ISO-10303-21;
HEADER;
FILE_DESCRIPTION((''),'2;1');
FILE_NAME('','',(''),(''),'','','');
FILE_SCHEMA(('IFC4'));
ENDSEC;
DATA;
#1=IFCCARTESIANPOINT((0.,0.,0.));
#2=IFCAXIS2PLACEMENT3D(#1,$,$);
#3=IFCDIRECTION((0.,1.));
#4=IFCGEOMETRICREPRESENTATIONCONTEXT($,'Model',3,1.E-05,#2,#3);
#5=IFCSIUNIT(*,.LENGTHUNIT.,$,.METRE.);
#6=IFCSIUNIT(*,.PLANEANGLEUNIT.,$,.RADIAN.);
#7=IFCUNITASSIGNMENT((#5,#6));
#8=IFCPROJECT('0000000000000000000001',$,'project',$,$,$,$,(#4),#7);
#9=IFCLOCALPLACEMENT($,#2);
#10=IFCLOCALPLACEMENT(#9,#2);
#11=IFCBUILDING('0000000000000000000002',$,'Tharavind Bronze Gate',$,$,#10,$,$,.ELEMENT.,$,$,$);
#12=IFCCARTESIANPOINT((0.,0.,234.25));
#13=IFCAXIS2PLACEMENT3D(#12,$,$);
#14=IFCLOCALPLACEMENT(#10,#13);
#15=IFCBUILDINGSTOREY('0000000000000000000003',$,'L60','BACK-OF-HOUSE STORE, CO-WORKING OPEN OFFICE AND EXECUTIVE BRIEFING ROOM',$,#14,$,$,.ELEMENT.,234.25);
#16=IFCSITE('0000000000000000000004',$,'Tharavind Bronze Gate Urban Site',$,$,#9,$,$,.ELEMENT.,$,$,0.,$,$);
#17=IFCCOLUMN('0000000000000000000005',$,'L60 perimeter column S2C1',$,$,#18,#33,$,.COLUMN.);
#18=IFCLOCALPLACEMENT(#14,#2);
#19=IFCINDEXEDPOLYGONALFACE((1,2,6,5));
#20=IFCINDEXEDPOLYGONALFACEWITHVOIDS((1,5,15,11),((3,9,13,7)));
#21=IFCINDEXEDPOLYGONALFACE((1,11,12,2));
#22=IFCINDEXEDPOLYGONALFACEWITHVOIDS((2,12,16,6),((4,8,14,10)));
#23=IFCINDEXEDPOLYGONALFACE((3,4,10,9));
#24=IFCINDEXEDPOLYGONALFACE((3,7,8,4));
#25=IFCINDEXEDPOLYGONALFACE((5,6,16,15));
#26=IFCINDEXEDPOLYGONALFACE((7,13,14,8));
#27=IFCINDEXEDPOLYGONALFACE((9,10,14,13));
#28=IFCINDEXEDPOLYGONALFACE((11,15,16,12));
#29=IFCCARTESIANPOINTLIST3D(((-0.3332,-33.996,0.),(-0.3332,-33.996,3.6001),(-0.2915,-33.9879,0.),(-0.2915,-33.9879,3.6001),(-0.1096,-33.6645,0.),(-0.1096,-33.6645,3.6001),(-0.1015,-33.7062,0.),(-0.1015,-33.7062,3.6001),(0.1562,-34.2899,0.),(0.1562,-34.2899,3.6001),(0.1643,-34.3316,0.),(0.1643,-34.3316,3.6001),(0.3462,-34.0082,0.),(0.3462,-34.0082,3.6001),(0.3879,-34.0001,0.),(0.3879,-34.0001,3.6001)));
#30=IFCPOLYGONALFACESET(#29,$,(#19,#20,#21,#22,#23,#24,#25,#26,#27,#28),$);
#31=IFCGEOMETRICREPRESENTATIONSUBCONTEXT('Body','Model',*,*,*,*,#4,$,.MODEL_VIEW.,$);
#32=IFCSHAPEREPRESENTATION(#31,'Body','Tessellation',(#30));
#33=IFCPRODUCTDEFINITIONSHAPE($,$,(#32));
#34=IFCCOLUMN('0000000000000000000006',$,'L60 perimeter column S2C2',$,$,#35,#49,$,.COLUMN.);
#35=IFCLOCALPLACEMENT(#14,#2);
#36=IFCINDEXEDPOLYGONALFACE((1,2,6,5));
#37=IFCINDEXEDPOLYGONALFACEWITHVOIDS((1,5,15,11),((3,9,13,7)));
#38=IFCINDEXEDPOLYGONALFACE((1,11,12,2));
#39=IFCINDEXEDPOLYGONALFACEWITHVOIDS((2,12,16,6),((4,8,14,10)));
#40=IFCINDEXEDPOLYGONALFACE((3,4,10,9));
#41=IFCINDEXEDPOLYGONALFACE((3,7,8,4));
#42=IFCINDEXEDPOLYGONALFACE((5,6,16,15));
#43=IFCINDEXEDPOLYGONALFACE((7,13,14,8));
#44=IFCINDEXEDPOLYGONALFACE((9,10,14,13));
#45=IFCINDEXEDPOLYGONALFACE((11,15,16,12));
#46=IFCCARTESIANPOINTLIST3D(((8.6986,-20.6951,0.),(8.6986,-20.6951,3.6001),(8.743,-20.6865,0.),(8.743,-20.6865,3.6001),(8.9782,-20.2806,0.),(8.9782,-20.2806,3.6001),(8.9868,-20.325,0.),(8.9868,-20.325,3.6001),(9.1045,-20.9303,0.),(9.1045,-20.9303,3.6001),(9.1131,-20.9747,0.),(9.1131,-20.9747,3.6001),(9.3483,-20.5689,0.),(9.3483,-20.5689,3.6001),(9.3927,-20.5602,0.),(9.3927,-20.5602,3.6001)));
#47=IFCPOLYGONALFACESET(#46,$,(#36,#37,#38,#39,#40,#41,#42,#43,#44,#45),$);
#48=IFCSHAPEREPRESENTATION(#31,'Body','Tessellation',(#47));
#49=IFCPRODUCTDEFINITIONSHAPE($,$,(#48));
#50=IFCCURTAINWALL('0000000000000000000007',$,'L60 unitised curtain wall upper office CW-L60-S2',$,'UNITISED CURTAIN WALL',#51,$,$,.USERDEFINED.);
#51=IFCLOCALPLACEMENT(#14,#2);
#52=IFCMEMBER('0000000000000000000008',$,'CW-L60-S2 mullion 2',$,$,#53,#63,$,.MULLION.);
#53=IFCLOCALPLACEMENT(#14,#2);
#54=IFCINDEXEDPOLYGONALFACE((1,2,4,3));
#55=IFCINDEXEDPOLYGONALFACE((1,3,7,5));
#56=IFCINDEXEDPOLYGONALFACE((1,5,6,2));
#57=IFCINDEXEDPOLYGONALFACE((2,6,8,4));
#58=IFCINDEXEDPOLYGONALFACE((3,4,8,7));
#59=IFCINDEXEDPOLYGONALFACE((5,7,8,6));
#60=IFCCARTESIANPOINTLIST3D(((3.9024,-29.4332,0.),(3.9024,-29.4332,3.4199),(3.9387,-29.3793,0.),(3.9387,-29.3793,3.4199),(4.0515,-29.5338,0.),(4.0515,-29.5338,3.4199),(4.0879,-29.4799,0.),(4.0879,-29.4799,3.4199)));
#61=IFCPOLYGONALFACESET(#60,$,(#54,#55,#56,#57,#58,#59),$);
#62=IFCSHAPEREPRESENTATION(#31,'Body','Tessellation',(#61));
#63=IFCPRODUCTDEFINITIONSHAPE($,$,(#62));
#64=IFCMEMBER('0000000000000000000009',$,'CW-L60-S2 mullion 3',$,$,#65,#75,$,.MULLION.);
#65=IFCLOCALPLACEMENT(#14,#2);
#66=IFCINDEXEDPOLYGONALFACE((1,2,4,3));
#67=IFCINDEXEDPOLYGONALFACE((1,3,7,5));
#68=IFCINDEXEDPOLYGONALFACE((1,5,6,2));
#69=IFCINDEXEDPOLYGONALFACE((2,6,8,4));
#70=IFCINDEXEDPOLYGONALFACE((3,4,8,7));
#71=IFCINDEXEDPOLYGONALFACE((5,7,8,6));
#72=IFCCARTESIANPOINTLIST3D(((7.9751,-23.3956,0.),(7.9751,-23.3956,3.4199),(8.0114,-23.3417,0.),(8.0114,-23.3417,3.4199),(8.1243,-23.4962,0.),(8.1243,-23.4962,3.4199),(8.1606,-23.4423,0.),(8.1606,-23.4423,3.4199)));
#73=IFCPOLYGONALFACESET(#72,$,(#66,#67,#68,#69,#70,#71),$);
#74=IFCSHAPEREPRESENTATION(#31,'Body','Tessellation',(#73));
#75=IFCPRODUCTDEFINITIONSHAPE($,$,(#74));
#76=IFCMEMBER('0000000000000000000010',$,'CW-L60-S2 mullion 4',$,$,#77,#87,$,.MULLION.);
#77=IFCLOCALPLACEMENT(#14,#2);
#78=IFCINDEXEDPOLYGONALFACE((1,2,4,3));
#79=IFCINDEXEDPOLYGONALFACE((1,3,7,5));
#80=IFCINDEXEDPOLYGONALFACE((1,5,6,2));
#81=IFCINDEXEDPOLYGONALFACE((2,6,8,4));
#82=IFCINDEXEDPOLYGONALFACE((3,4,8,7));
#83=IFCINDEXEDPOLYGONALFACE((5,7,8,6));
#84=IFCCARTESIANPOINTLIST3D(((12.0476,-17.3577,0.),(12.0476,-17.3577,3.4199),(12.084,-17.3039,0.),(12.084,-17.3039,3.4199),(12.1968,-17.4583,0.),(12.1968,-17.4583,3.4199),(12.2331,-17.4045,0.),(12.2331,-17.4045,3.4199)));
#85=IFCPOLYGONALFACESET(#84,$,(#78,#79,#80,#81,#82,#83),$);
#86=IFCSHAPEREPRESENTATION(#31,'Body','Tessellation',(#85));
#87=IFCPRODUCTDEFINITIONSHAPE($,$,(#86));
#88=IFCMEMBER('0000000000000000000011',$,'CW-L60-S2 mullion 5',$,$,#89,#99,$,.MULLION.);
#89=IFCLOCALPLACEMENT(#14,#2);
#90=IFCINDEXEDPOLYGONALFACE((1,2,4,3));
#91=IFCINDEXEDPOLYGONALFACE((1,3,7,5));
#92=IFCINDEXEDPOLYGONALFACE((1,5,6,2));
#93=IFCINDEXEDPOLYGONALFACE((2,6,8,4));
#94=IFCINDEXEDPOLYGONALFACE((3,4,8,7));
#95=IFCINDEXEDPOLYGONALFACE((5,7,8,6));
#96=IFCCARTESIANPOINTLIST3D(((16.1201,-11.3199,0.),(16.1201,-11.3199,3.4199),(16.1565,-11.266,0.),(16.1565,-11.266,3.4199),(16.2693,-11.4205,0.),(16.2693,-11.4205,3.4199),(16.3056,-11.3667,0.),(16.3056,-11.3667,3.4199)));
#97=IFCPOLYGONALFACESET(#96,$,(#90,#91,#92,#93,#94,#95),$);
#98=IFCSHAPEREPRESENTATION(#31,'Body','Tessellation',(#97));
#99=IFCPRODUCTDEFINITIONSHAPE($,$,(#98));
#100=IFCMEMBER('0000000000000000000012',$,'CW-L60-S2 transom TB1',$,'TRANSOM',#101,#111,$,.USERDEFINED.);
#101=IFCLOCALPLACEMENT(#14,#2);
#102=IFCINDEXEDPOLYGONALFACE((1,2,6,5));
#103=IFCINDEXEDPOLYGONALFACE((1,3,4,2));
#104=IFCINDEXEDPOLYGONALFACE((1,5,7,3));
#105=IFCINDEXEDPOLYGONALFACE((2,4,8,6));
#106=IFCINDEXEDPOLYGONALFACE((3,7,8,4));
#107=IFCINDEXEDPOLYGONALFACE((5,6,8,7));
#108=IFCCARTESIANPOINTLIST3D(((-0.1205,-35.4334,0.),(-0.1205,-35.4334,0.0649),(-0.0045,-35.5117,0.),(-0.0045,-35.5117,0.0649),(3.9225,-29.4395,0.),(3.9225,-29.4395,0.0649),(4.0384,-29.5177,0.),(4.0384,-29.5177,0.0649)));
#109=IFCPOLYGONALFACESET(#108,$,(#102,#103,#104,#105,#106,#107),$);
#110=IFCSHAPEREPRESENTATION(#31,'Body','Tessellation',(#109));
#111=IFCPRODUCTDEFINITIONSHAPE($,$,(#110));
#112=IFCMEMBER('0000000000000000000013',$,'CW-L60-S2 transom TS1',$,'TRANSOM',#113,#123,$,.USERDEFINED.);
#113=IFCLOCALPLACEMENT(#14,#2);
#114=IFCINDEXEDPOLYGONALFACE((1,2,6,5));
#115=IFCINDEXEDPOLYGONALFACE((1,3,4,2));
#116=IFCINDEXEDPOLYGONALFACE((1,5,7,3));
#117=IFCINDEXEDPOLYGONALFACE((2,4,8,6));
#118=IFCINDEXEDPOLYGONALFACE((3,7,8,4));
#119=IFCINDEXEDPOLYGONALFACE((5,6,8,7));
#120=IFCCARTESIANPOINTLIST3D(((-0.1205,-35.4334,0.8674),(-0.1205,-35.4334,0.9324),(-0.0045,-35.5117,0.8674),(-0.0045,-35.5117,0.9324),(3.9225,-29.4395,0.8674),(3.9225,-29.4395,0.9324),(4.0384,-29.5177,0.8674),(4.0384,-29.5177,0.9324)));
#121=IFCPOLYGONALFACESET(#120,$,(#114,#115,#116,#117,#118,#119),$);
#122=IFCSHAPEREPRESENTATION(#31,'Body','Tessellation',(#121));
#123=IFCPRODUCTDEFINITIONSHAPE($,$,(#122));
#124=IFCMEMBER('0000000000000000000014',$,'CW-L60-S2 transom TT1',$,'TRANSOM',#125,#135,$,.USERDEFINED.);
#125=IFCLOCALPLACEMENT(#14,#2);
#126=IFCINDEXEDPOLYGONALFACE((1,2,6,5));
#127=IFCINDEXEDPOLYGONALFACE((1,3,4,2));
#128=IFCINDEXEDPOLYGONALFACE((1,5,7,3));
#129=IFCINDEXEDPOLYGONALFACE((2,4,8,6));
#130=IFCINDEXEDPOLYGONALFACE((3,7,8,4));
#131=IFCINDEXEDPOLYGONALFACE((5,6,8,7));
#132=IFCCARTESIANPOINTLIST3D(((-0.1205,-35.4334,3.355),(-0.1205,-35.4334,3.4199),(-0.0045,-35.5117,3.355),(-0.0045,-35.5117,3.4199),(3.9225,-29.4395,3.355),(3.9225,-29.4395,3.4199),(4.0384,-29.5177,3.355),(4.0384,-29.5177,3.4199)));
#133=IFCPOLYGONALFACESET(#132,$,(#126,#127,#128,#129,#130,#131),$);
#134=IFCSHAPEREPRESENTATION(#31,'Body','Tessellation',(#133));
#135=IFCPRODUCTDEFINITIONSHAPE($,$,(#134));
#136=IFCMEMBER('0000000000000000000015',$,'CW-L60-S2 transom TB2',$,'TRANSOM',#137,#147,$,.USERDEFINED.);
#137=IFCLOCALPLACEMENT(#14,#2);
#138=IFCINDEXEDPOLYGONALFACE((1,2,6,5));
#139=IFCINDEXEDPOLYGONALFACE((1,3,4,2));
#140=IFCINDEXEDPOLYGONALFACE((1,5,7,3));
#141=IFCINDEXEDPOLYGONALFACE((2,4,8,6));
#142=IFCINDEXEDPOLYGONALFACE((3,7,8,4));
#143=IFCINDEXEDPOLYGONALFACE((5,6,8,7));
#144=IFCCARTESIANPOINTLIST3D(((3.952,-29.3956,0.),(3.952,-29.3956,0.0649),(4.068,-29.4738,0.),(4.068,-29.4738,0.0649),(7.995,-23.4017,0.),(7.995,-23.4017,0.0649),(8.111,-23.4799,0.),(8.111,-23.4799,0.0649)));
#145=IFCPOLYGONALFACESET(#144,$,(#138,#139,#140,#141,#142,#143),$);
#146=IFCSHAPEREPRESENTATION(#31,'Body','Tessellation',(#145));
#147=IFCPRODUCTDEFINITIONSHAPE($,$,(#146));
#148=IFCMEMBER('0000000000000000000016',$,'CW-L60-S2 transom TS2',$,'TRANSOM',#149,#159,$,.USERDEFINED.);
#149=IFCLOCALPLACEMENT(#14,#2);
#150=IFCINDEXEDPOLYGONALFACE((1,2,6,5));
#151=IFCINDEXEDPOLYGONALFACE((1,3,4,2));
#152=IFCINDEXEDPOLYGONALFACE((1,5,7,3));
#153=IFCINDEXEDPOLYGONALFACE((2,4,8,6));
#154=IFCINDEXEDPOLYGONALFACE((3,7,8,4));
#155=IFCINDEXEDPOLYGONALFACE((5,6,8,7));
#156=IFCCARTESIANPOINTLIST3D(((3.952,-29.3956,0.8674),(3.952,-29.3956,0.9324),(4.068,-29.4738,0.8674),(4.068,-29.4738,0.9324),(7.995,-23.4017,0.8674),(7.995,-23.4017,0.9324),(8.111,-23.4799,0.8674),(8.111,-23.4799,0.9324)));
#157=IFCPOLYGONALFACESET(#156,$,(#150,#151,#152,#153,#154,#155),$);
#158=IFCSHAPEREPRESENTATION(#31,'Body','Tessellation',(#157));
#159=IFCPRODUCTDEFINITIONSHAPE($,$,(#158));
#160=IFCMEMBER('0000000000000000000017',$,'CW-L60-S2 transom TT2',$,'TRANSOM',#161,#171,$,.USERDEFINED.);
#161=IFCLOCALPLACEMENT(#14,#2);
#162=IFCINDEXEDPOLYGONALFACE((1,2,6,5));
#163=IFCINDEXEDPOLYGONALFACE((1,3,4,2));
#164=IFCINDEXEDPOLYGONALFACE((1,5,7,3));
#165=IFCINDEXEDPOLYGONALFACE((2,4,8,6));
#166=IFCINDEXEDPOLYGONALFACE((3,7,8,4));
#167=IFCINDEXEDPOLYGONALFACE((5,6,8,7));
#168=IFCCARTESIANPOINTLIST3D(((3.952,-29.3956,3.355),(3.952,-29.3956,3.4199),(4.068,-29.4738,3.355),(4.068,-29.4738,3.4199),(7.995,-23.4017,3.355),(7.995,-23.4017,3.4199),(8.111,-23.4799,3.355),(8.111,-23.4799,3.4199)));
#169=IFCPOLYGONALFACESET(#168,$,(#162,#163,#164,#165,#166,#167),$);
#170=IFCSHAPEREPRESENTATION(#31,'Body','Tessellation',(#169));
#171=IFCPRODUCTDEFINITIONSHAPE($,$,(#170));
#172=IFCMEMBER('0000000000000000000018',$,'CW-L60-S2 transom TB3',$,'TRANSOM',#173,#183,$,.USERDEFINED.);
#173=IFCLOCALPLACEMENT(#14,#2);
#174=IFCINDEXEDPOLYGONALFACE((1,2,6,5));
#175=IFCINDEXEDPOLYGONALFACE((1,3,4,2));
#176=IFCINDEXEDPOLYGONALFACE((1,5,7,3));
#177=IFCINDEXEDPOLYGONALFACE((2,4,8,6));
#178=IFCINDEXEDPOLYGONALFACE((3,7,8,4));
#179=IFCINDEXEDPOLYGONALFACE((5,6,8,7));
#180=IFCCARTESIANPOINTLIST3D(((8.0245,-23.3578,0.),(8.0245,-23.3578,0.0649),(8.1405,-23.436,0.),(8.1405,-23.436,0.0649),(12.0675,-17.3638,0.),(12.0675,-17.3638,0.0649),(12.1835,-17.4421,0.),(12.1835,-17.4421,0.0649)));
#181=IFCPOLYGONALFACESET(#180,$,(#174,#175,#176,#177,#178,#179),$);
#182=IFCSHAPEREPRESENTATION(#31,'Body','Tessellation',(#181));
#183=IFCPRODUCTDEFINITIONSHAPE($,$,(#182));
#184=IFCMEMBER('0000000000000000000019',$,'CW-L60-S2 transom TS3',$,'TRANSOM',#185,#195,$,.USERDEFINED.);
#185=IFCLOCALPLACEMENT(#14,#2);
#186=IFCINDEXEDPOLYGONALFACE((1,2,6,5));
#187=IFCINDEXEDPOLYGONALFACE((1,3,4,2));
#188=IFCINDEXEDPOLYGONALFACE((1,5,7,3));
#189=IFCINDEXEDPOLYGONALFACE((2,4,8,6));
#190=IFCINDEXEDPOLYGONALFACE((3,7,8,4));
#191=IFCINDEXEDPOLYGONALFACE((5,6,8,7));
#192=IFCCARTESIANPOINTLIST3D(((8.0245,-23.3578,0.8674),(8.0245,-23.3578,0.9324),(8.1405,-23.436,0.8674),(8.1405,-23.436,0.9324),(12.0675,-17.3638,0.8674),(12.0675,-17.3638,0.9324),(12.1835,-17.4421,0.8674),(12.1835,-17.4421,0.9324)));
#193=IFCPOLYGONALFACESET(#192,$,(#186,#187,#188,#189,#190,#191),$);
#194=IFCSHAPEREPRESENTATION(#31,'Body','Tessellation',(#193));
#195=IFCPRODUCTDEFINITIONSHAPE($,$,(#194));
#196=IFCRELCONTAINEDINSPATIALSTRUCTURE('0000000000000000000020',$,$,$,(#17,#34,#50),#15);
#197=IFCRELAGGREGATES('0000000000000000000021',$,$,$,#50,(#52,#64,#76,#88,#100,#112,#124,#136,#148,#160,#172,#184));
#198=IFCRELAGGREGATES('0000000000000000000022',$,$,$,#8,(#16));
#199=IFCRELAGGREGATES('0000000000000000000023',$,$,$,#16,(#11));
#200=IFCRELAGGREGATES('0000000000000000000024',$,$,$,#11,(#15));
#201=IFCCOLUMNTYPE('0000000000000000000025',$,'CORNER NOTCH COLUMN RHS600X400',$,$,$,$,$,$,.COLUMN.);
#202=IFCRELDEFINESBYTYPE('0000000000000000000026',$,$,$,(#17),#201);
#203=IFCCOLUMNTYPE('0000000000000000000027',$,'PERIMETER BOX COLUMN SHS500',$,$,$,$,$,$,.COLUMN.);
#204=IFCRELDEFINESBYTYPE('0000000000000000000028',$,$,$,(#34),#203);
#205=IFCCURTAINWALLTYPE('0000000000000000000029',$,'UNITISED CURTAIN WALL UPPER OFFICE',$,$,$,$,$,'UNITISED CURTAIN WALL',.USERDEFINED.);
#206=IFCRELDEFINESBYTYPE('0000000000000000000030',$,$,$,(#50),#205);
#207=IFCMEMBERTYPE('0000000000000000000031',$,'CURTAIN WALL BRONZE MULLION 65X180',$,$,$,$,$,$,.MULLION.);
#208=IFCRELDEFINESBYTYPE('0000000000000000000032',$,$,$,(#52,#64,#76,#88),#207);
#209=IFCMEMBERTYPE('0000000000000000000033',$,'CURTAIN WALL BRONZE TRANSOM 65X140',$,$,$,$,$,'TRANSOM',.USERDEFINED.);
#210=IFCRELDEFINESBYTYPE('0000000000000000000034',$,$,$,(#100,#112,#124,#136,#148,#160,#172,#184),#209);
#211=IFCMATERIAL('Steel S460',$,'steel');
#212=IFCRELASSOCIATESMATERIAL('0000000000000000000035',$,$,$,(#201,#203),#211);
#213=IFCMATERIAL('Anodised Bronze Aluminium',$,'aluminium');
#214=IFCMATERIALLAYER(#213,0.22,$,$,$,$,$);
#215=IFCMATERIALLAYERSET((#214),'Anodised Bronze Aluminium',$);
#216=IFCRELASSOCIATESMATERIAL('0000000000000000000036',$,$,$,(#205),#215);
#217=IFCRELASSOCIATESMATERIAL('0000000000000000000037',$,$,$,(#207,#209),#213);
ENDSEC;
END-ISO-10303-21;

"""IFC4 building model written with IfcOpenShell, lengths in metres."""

from ifc_helpers import new_model, si_unit, direction, frame, origin, origin_2d, place, context, subcontext, project, spatial, rectangle, hollow_rectangle, extrude, material, layer, layer_set, material_profile, profile_set, type_object, element, aggregate, save


model = new_model("IFC4")

# Units and contexts
model_context = context("Model", 3, precision=1e-05, world=origin(), true_north=direction((0.0, 1.0)))
body_context = subcontext(model_context, "Body", "Model", "MODEL_VIEW")
ifc_project = project(units=[si_unit("LENGTHUNIT", "METRE"), si_unit("PLANEANGLEUNIT", "RADIAN")], contexts=[model_context])

# Site, building, storey
site_placement = place(None, origin())
site = spatial("IfcSite", under=ifc_project, at=site_placement, Name="Tharavind Bronze Gate Urban Site", CompositionType="ELEMENT", RefElevation=0.0)
building_placement = place(site_placement, origin())
building = spatial("IfcBuilding", under=site, at=building_placement, Name="Tharavind Bronze Gate", CompositionType="ELEMENT")
storey_placement = place(building_placement, frame((0.0, 0.0, 234.25)))
storey = spatial("IfcBuildingStorey", under=building, at=storey_placement, Name="L60", Description="BACK-OF-HOUSE STORE, CO-WORKING OPEN OFFICE AND EXECUTIVE BRIEFING ROOM", CompositionType="ELEMENT", Elevation=234.25)

# Columns
ifc_material_1 = material(Name="Steel S460", Category="steel")
ifc_material_profile_1 = material_profile(ifc_material_1, hollow_rectangle(XDim=0.3999, YDim=0.6001, WallThickness=0.03, at=origin_2d()), Name="RHS600X400X30")
ifc_profile_set_1 = profile_set([ifc_material_profile_1], Name="Steel S460")
column_type_1 = type_object("IfcColumnType", Name="CORNER NOTCH COLUMN RHS600X400", PredefinedType="COLUMN", material=ifc_profile_set_1)
column_1_placement = place(storey_placement, frame((0.0273, -33.998, 0.0), z_axis=(0.0, 0.0, 1.0), x_axis=(0.559194, 0.829037, 0.0)))
element("IfcColumn", 1, at=column_1_placement, inside=storey, type_object=column_type_1, Name="L60 perimeter column S2C1", PredefinedType="COLUMN", context=body_context, shape_type="SweptSolid", body=[
    extrude(hollow_rectangle(XDim=0.3999, YDim=0.6001, WallThickness=0.03, at=origin_2d()), origin(), (0.0, 0.0, 1.0), 3.6001),
])
ifc_material_profile_2 = material_profile(ifc_material_1, hollow_rectangle(XDim=0.5, YDim=0.5, WallThickness=0.032, at=origin_2d()), Name="SHS500X32")
ifc_profile_set_2 = profile_set([ifc_material_profile_2], Name="Steel S460")
column_type_2 = type_object("IfcColumnType", Name="PERIMETER BOX COLUMN SHS500", PredefinedType="COLUMN", material=ifc_profile_set_2)
column_2_placement = place(storey_placement, frame((9.0457, -20.6277, 0.0), z_axis=(0.0, 0.0, 1.0), x_axis=(0.559194, 0.829037, 0.0)))
element("IfcColumn", 2, at=column_2_placement, inside=storey, type_object=column_type_2, Name="L60 perimeter column S2C2", PredefinedType="COLUMN", context=body_context, shape_type="SweptSolid", body=[
    extrude(hollow_rectangle(XDim=0.5, YDim=0.5, WallThickness=0.032, at=origin_2d()), origin(), (0.0, 0.0, 1.0), 3.6001),
])

# Curtain wall, members
ifc_material_2 = material(Name="Anodised Bronze Aluminium", Category="aluminium")
ifc_layer_1 = layer(ifc_material_2, 0.22)
ifc_layer_set_1 = layer_set([ifc_layer_1], Name="Anodised Bronze Aluminium")
curtain_wall_type = type_object("IfcCurtainWallType", Name="UNITISED CURTAIN WALL UPPER OFFICE", ElementType="UNITISED CURTAIN WALL", PredefinedType="USERDEFINED", material=ifc_layer_set_1)
curtain_wall_placement = place(storey_placement, origin())
curtain_wall = element("IfcCurtainWall", 3, at=curtain_wall_placement, inside=storey, type_object=curtain_wall_type, Name="L60 unitised curtain wall upper office CW-L60-S2", ObjectType="UNITISED CURTAIN WALL", PredefinedType="USERDEFINED")
member_type_1 = type_object("IfcMemberType", Name="CURTAIN WALL BRONZE MULLION 65X180", PredefinedType="MULLION", material=ifc_material_2)
member_1_placement = place(storey_placement, frame((3.9951, -29.4565, 0.0), z_axis=(0.0, 0.0, 1.0), x_axis=(0.559193, 0.829038, 0.0)))
member_1 = element("IfcMember", 4, at=member_1_placement, type_object=member_type_1, Name="CW-L60-S2 mullion 2", PredefinedType="MULLION", context=body_context, shape_type="SweptSolid", body=[
    extrude(rectangle(XDim=0.0649, YDim=0.1799, at=origin_2d()), origin(), (0.0, 0.0, 1.0), 3.4199),
])
member_2_placement = place(storey_placement, frame((8.0679, -23.4189, 0.0), z_axis=(0.0, 0.0, 1.0), x_axis=(0.559193, 0.829038, 0.0)))
member_2 = element("IfcMember", 5, at=member_2_placement, type_object=member_type_1, Name="CW-L60-S2 mullion 3", PredefinedType="MULLION", context=body_context, shape_type="SweptSolid", body=[
    extrude(rectangle(XDim=0.0649, YDim=0.1799, at=origin_2d()), origin(), (0.0, 0.0, 1.0), 3.4199),
])
member_3_placement = place(storey_placement, frame((12.1404, -17.3811, 0.0), z_axis=(0.0, 0.0, 1.0), x_axis=(0.559193, 0.829038, 0.0)))
member_3 = element("IfcMember", 6, at=member_3_placement, type_object=member_type_1, Name="CW-L60-S2 mullion 4", PredefinedType="MULLION", context=body_context, shape_type="SweptSolid", body=[
    extrude(rectangle(XDim=0.0649, YDim=0.1799, at=origin_2d()), origin(), (0.0, 0.0, 1.0), 3.4199),
])
member_4_placement = place(storey_placement, frame((16.2129, -11.3433, 0.0), z_axis=(0.0, 0.0, 1.0), x_axis=(0.559193, 0.829038, 0.0)))
member_4 = element("IfcMember", 7, at=member_4_placement, type_object=member_type_1, Name="CW-L60-S2 mullion 5", PredefinedType="MULLION", context=body_context, shape_type="SweptSolid", body=[
    extrude(rectangle(XDim=0.0649, YDim=0.1799, at=origin_2d()), origin(), (0.0, 0.0, 1.0), 3.4199),
])
member_type_2 = type_object("IfcMemberType", Name="CURTAIN WALL BRONZE TRANSOM 65X140", ElementType="TRANSOM", PredefinedType="USERDEFINED", material=ifc_material_2)
member_5_placement = place(storey_placement, frame((1.959, -32.4756, 0.0), z_axis=(0.0, 0.0, 1.0), x_axis=(0.559193, 0.829038, 0.0)))
member_5 = element("IfcMember", 8, at=member_5_placement, type_object=member_type_2, Name="CW-L60-S2 transom TB1", ObjectType="TRANSOM", PredefinedType="USERDEFINED", context=body_context, shape_type="SweptSolid", body=[
    extrude(rectangle(XDim=7.23, YDim=0.1399, at=origin_2d()), origin(), (0.0, 0.0, 1.0), 0.0649),
])
member_6_placement = place(storey_placement, frame((1.959, -32.4756, 0.8674), z_axis=(0.0, 0.0, 1.0), x_axis=(0.559193, 0.829038, 0.0)))
member_6 = element("IfcMember", 9, at=member_6_placement, type_object=member_type_2, Name="CW-L60-S2 transom TS1", ObjectType="TRANSOM", PredefinedType="USERDEFINED", context=body_context, shape_type="SweptSolid", body=[
    extrude(rectangle(XDim=7.23, YDim=0.1399, at=origin_2d()), origin(), (0.0, 0.0, 1.0), 0.0649),
])
member_7_placement = place(storey_placement, frame((1.959, -32.4756, 3.355), z_axis=(0.0, 0.0, 1.0), x_axis=(0.559193, 0.829038, 0.0)))
member_7 = element("IfcMember", 10, at=member_7_placement, type_object=member_type_2, Name="CW-L60-S2 transom TT1", ObjectType="TRANSOM", PredefinedType="USERDEFINED", context=body_context, shape_type="SweptSolid", body=[
    extrude(rectangle(XDim=7.23, YDim=0.1399, at=origin_2d()), origin(), (0.0, 0.0, 1.0), 0.0649),
])
member_8_placement = place(storey_placement, frame((6.0315, -26.4377, 0.0), z_axis=(0.0, 0.0, 1.0), x_axis=(0.559193, 0.829038, 0.0)))
member_8 = element("IfcMember", 11, at=member_8_placement, type_object=member_type_2, Name="CW-L60-S2 transom TB2", ObjectType="TRANSOM", PredefinedType="USERDEFINED", context=body_context, shape_type="SweptSolid", body=[
    extrude(rectangle(XDim=7.23, YDim=0.1399, at=origin_2d()), origin(), (0.0, 0.0, 1.0), 0.0649),
])
member_9_placement = place(storey_placement, frame((6.0315, -26.4377, 0.8674), z_axis=(0.0, 0.0, 1.0), x_axis=(0.559193, 0.829038, 0.0)))
member_9 = element("IfcMember", 12, at=member_9_placement, type_object=member_type_2, Name="CW-L60-S2 transom TS2", ObjectType="TRANSOM", PredefinedType="USERDEFINED", context=body_context, shape_type="SweptSolid", body=[
    extrude(rectangle(XDim=7.23, YDim=0.1399, at=origin_2d()), origin(), (0.0, 0.0, 1.0), 0.0649),
])
member_10_placement = place(storey_placement, frame((6.0315, -26.4377, 3.355), z_axis=(0.0, 0.0, 1.0), x_axis=(0.559193, 0.829038, 0.0)))
member_10 = element("IfcMember", 13, at=member_10_placement, type_object=member_type_2, Name="CW-L60-S2 transom TT2", ObjectType="TRANSOM", PredefinedType="USERDEFINED", context=body_context, shape_type="SweptSolid", body=[
    extrude(rectangle(XDim=7.23, YDim=0.1399, at=origin_2d()), origin(), (0.0, 0.0, 1.0), 0.0649),
])
member_11_placement = place(storey_placement, frame((10.104, -20.3999, 0.0), z_axis=(0.0, 0.0, 1.0), x_axis=(0.559193, 0.829038, 0.0)))
member_11 = element("IfcMember", 14, at=member_11_placement, type_object=member_type_2, Name="CW-L60-S2 transom TB3", ObjectType="TRANSOM", PredefinedType="USERDEFINED", context=body_context, shape_type="SweptSolid", body=[
    extrude(rectangle(XDim=7.23, YDim=0.1399, at=origin_2d()), origin(), (0.0, 0.0, 1.0), 0.0649),
])
member_12_placement = place(storey_placement, frame((10.104, -20.3999, 0.8674), z_axis=(0.0, 0.0, 1.0), x_axis=(0.559193, 0.829038, 0.0)))
member_12 = element("IfcMember", 15, at=member_12_placement, type_object=member_type_2, Name="CW-L60-S2 transom TS3", ObjectType="TRANSOM", PredefinedType="USERDEFINED", context=body_context, shape_type="SweptSolid", body=[
    extrude(rectangle(XDim=7.23, YDim=0.1399, at=origin_2d()), origin(), (0.0, 0.0, 1.0), 0.0649),
])

aggregate(curtain_wall, [member_1, member_2, member_3, member_4, member_5, member_6, member_7, member_8, member_9, member_10, member_11, member_12])

save(model, "model.ifc")
